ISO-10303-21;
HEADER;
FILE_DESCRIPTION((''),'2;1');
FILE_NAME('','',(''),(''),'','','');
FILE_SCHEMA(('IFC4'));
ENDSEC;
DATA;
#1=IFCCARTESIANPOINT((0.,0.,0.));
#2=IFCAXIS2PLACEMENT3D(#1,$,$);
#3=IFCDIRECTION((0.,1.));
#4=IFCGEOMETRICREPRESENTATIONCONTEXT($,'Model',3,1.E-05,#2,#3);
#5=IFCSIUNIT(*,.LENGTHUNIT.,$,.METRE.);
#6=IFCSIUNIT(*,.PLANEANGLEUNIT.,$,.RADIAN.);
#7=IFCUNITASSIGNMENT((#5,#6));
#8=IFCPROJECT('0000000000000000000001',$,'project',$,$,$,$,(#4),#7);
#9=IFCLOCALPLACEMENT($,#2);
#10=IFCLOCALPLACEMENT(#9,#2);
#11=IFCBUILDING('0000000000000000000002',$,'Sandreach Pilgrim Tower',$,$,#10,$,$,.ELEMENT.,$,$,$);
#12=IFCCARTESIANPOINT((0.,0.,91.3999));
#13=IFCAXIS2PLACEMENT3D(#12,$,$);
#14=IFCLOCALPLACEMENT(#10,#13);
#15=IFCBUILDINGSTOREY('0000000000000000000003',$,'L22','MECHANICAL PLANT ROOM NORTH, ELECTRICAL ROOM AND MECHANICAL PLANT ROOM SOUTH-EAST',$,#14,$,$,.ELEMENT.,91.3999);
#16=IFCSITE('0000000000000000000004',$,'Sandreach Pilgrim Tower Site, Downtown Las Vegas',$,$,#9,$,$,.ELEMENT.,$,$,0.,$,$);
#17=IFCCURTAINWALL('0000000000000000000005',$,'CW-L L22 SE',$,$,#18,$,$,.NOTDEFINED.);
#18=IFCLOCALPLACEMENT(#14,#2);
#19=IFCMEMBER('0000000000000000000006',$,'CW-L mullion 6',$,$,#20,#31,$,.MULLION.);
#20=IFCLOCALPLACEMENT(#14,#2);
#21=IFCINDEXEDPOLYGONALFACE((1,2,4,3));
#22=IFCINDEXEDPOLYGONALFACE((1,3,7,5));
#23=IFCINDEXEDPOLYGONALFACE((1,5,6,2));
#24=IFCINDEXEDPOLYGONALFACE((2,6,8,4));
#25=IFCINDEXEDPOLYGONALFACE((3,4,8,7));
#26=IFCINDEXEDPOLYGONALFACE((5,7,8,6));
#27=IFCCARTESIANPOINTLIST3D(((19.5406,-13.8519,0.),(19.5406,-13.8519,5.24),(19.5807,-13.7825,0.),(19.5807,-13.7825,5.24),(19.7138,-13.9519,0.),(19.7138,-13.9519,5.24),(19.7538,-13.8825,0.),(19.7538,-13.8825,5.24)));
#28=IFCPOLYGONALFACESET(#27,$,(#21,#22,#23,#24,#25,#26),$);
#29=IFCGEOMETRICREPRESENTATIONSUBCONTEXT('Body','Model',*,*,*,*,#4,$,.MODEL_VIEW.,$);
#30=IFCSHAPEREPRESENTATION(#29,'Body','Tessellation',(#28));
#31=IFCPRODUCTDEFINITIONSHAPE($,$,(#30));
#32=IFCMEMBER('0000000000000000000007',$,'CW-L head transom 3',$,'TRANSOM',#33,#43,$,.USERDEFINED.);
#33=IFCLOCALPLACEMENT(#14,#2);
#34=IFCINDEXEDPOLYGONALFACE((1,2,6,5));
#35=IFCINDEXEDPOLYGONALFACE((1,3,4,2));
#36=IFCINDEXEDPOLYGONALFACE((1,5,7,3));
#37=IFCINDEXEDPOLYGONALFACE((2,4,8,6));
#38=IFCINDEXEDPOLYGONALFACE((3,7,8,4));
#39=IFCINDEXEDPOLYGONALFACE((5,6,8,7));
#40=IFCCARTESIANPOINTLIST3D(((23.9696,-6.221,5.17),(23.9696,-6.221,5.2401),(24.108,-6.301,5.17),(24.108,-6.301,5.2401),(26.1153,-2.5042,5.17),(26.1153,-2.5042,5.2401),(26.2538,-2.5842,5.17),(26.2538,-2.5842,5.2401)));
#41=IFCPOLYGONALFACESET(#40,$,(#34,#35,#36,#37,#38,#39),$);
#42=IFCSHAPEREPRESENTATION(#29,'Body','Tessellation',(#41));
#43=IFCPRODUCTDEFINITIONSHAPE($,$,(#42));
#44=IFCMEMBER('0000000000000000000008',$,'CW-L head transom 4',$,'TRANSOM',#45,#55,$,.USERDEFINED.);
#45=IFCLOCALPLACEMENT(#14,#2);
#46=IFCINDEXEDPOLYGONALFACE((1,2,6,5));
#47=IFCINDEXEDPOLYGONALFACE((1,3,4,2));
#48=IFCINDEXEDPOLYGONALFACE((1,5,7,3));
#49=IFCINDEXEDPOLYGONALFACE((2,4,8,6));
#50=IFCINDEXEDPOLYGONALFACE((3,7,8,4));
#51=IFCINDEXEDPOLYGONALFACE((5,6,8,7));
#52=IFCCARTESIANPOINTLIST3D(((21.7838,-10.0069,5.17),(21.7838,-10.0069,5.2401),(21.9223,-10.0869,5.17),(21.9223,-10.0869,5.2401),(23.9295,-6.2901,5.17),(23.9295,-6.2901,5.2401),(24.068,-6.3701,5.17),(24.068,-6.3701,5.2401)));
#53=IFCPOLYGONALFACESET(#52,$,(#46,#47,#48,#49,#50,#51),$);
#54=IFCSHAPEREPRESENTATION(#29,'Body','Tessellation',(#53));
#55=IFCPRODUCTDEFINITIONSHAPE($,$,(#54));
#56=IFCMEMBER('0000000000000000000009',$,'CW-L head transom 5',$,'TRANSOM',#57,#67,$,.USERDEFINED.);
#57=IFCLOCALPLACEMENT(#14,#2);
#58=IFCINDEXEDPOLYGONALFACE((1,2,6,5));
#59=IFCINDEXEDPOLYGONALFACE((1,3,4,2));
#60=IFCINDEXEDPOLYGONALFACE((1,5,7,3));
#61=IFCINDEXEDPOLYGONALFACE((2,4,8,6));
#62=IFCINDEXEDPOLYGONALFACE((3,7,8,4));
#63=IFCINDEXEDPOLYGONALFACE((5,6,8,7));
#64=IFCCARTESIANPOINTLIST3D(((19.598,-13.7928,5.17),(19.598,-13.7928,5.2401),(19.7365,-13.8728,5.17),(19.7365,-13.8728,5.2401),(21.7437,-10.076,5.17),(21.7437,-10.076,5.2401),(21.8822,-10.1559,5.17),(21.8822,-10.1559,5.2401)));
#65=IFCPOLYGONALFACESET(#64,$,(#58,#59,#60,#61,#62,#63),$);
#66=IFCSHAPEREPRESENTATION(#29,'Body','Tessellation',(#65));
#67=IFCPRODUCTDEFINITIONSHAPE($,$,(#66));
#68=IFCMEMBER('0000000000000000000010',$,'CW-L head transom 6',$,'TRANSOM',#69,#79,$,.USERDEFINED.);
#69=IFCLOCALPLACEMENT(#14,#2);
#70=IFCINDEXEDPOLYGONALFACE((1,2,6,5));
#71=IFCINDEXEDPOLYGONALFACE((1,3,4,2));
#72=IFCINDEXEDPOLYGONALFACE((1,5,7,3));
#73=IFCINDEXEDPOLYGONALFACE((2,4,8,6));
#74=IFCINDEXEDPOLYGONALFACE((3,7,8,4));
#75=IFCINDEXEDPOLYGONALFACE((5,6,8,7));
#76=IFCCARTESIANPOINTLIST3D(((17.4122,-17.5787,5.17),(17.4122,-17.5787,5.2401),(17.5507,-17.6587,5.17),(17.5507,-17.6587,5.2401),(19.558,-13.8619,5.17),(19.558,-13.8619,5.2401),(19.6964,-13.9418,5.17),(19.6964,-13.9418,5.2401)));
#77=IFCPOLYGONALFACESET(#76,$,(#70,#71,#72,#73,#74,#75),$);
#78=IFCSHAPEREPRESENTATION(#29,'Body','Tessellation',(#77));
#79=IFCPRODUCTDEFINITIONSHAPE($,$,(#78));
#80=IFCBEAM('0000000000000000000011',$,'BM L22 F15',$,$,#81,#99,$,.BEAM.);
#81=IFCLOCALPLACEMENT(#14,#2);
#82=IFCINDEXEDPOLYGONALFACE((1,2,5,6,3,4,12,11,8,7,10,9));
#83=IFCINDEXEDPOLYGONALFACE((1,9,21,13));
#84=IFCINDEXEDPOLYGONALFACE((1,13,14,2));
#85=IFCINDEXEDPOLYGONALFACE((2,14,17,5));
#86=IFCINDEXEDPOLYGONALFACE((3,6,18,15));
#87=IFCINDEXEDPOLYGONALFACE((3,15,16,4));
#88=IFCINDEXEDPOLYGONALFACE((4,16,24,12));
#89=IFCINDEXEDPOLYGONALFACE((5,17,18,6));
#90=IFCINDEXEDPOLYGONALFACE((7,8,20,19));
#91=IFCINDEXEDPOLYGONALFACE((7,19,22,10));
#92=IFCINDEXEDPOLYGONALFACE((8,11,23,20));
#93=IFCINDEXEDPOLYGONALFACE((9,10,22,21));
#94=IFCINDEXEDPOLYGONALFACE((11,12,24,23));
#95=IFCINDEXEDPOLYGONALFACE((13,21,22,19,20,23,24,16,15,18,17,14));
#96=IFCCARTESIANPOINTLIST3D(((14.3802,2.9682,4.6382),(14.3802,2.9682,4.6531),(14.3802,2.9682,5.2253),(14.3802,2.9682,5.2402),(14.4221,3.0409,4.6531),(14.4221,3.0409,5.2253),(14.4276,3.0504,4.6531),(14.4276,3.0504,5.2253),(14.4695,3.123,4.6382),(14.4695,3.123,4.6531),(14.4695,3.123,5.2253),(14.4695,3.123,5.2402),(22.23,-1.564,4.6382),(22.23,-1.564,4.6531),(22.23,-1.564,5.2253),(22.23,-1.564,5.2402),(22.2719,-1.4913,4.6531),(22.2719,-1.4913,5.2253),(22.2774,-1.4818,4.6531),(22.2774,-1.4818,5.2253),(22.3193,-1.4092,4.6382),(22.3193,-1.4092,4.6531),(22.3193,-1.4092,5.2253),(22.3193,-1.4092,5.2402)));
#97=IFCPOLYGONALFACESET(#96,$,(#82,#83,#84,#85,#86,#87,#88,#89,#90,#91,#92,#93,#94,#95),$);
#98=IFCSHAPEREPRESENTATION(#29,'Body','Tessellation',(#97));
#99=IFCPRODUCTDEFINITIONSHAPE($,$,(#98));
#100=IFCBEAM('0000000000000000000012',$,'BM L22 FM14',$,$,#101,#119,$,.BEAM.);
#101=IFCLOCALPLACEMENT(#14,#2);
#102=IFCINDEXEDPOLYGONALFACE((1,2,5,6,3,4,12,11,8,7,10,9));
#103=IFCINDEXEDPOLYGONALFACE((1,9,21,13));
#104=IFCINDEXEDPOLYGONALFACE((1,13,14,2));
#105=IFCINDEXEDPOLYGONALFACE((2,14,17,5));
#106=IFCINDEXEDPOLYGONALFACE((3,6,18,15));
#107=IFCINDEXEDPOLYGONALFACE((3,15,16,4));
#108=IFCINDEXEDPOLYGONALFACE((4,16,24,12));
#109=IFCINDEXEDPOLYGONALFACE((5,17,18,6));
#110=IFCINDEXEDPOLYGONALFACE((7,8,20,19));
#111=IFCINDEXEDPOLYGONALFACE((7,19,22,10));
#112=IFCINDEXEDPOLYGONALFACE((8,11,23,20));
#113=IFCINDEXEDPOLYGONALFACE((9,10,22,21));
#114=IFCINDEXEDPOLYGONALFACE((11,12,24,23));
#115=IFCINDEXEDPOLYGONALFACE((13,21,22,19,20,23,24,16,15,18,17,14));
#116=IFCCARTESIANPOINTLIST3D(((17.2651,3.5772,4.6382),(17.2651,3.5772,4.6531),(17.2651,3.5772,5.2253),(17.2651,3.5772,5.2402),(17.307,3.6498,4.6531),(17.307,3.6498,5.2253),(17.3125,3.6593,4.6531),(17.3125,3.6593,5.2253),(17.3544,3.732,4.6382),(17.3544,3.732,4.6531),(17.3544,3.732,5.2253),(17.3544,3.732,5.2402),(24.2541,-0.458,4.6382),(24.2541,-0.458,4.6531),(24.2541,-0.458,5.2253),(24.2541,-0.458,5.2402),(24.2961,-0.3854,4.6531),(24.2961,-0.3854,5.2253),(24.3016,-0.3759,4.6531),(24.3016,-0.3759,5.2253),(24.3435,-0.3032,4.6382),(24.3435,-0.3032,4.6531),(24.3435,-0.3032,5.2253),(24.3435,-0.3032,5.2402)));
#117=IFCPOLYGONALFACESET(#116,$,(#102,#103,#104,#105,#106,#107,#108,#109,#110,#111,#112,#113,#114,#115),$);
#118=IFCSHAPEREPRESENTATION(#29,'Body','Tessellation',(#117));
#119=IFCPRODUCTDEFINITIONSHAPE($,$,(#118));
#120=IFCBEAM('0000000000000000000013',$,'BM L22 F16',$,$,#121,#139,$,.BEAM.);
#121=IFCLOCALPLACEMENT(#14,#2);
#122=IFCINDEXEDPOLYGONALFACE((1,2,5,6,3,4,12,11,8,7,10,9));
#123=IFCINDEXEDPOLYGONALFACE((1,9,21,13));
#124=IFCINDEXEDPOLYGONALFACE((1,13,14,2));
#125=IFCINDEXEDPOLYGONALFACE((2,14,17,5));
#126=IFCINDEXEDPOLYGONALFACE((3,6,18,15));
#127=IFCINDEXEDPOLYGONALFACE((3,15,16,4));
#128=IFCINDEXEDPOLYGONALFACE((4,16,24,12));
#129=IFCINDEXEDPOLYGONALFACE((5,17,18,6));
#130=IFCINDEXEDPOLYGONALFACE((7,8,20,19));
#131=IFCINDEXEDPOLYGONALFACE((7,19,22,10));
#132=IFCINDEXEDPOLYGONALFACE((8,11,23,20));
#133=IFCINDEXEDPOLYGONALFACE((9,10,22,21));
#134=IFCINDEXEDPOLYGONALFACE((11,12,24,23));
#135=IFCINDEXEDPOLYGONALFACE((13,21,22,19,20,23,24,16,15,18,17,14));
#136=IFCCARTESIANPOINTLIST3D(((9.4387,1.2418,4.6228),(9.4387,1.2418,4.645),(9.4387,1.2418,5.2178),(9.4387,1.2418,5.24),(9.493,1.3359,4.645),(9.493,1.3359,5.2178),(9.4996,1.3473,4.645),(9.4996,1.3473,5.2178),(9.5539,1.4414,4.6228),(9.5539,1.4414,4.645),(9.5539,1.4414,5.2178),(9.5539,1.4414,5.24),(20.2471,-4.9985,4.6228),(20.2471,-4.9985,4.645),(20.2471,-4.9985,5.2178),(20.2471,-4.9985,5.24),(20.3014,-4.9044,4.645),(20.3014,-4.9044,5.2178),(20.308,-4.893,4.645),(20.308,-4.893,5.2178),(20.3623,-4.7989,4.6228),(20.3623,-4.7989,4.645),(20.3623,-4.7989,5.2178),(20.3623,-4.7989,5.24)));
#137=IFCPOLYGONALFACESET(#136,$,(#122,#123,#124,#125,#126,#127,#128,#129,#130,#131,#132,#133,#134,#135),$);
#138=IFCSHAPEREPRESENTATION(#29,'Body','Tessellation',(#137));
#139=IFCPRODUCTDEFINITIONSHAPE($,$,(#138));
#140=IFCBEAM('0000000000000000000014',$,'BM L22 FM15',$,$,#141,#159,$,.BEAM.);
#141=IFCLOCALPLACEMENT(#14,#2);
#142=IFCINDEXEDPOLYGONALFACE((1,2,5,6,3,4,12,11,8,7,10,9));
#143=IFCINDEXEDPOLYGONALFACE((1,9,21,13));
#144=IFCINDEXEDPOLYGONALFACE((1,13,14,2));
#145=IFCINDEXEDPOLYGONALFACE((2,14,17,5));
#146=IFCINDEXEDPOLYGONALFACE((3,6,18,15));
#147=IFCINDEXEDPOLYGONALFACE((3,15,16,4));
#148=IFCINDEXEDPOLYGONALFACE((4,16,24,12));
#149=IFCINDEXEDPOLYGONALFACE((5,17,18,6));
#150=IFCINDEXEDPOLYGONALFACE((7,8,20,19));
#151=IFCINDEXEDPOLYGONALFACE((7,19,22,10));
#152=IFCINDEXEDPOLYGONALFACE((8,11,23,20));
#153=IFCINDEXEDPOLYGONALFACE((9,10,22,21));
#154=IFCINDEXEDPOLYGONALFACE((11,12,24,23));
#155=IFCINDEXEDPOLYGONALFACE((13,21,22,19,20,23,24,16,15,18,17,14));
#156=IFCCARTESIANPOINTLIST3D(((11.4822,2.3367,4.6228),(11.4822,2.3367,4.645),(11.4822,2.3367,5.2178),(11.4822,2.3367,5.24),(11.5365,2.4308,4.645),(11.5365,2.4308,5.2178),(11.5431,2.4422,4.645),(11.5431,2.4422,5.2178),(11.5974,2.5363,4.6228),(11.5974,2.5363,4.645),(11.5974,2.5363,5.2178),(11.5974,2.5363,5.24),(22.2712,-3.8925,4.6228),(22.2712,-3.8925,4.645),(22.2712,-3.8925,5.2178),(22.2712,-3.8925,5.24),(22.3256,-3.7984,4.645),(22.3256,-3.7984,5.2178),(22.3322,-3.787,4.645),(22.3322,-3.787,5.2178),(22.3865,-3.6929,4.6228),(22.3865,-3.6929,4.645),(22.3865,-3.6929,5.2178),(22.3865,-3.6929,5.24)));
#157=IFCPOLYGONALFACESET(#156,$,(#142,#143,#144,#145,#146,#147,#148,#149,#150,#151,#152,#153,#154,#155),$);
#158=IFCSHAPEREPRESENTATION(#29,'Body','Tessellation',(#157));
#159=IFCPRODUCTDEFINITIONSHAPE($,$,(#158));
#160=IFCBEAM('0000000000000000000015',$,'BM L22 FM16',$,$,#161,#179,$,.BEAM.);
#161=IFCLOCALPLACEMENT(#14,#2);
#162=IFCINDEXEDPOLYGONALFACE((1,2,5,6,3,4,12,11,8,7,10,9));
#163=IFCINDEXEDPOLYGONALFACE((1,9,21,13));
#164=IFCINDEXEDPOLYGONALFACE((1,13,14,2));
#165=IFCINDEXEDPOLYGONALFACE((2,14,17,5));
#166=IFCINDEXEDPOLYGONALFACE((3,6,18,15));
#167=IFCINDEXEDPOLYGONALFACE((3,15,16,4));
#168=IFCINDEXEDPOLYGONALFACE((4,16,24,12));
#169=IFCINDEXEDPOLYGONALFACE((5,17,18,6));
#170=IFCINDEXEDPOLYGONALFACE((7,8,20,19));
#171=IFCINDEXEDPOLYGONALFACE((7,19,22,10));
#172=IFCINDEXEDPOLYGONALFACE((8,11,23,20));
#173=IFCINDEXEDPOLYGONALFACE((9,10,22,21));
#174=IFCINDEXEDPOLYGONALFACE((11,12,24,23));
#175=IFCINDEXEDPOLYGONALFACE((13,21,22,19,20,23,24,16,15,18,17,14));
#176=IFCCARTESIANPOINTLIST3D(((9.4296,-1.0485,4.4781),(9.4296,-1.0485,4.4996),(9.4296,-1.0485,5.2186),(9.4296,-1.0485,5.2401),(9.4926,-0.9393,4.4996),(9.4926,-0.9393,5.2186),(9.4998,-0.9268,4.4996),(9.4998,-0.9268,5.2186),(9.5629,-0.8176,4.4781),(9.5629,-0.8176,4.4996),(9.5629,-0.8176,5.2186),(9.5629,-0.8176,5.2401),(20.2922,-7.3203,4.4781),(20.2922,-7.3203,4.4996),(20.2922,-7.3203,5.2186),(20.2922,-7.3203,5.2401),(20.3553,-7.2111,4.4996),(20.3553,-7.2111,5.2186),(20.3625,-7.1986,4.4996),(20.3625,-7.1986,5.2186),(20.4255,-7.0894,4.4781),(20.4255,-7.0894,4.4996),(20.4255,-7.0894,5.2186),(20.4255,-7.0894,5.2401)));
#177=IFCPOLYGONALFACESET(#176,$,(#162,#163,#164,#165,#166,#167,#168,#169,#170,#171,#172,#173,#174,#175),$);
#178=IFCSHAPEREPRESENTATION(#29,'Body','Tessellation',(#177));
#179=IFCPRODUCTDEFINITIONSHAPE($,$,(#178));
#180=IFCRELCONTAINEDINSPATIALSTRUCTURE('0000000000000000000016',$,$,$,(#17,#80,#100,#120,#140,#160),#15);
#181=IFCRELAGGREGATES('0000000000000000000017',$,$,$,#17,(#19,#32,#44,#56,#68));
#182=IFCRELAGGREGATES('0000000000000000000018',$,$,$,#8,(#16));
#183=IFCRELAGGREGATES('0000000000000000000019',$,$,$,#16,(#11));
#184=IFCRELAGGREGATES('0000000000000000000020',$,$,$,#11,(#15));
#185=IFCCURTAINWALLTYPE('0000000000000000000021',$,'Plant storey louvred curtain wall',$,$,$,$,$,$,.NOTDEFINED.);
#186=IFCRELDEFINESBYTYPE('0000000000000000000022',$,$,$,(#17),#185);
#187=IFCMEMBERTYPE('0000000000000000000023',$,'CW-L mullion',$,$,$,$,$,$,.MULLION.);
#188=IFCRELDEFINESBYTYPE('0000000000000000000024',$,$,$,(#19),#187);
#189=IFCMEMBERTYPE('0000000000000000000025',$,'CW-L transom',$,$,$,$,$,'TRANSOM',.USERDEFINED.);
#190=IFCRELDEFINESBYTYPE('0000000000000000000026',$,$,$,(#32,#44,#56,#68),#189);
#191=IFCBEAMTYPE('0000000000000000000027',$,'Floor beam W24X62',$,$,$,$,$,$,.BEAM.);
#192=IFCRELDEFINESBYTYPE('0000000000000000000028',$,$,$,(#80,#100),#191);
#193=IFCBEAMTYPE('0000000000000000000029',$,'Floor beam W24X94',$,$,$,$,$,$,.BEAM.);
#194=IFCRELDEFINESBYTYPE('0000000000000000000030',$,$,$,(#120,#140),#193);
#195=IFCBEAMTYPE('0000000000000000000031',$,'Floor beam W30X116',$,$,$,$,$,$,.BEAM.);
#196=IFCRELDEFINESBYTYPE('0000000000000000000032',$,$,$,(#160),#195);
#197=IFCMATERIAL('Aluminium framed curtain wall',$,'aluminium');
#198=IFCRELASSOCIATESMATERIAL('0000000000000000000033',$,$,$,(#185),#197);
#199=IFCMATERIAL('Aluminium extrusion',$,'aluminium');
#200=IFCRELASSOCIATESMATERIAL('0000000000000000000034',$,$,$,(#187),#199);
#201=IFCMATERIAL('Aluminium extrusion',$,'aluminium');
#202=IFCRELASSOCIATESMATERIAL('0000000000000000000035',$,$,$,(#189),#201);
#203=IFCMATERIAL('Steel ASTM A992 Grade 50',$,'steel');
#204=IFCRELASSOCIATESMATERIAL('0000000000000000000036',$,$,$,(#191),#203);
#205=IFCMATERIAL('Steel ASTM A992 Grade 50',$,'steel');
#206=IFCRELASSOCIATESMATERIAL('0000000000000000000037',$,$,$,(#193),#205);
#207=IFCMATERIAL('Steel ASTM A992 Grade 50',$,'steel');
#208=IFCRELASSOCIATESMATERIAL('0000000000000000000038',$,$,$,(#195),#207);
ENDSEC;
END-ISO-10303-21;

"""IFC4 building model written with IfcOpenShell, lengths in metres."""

from ifc_helpers import new_model, si_unit, direction, frame, origin, origin_2d, place, context, subcontext, project, spatial, rectangle, i_section, extrude, material, material_profile, profile_set, type_object, element, aggregate, save


model = new_model("IFC4")

# Units and contexts
model_context = context("Model", 3, precision=1e-05, world=origin(), true_north=direction((0.0, 1.0)))
body_context = subcontext(model_context, "Body", "Model", "MODEL_VIEW")
ifc_project = project(units=[si_unit("LENGTHUNIT", "METRE"), si_unit("PLANEANGLEUNIT", "RADIAN")], contexts=[model_context])

# Site, building, storey
site_placement = place(None, origin())
site = spatial("IfcSite", under=ifc_project, at=site_placement, Name="Sandreach Pilgrim Tower Site, Downtown Las Vegas", CompositionType="ELEMENT", RefElevation=0.0)
building_placement = place(site_placement, origin())
building = spatial("IfcBuilding", under=site, at=building_placement, Name="Sandreach Pilgrim Tower", CompositionType="ELEMENT")
storey_placement = place(building_placement, frame((0.0, 0.0, 91.3999)))
storey = spatial("IfcBuildingStorey", under=building, at=storey_placement, Name="L22", Description="MECHANICAL PLANT ROOM NORTH, ELECTRICAL ROOM AND MECHANICAL PLANT ROOM SOUTH-EAST", CompositionType="ELEMENT", Elevation=91.3999)

# Curtain wall, members
ifc_material_1 = material(Name="Aluminium framed curtain wall", Category="aluminium")
curtain_wall_type = type_object("IfcCurtainWallType", Name="Plant storey louvred curtain wall", PredefinedType="NOTDEFINED", material=ifc_material_1)
curtain_wall_placement = place(storey_placement, origin())
curtain_wall = element("IfcCurtainWall", 1, at=curtain_wall_placement, inside=storey, type_object=curtain_wall_type, Name="CW-L L22 SE", PredefinedType="NOTDEFINED")
ifc_material_2 = material(Name="Aluminium extrusion", Category="aluminium")
ifc_material_profile_1 = material_profile(ifc_material_2, rectangle(XDim=0.0801, YDim=0.2, at=origin_2d()), Name="CW-LM 80X200")
ifc_profile_set_1 = profile_set([ifc_material_profile_1], Name="Aluminium extrusion")
member_type_1 = type_object("IfcMemberType", Name="CW-L mullion", PredefinedType="MULLION", material=ifc_profile_set_1)
member_1_placement = place(storey_placement, frame((19.6472, -13.8672, 0.0), z_axis=(0.0, 0.0, 1.0), x_axis=(-0.5, -0.866025, 0.0)))
member_1 = element("IfcMember", 2, at=member_1_placement, type_object=member_type_1, Name="CW-L mullion 6", PredefinedType="MULLION", context=body_context, shape_type="SweptSolid", body=[
    extrude(rectangle(XDim=0.0801, YDim=0.2, at=origin_2d()), origin(), (0.0, 0.0, 1.0), 5.24),
])
ifc_material_3 = material(Name="Aluminium extrusion", Category="aluminium")
ifc_material_profile_2 = material_profile(ifc_material_3, rectangle(XDim=0.1599, YDim=0.0701, at=origin_2d()), Name="CW-LT 160X70")
ifc_profile_set_2 = profile_set([ifc_material_profile_2], Name="Aluminium extrusion")
member_type_2 = type_object("IfcMemberType", Name="CW-L transom", ElementType="TRANSOM", PredefinedType="USERDEFINED", material=ifc_profile_set_2)
member_2_placement = place(storey_placement, frame((26.1846, -2.5442, 5.2051), z_axis=(-0.499975, -0.86604, 0.0), x_axis=(0.86604, -0.499975, 0.0)))
member_2 = element("IfcMember", 3, at=member_2_placement, type_object=member_type_2, Name="CW-L head transom 3", ObjectType="TRANSOM", PredefinedType="USERDEFINED", context=body_context, shape_type="SweptSolid", body=[
    extrude(rectangle(XDim=0.1599, YDim=0.0701, at=origin_2d()), origin(), (0.0, 0.0, 1.0), 4.2917),
])
member_3_placement = place(storey_placement, frame((23.9988, -6.3301, 5.2051), z_axis=(-0.499975, -0.86604, 0.0), x_axis=(0.86604, -0.499975, 0.0)))
member_3 = element("IfcMember", 4, at=member_3_placement, type_object=member_type_2, Name="CW-L head transom 4", ObjectType="TRANSOM", PredefinedType="USERDEFINED", context=body_context, shape_type="SweptSolid", body=[
    extrude(rectangle(XDim=0.1599, YDim=0.0701, at=origin_2d()), origin(), (0.0, 0.0, 1.0), 4.2917),
])
member_4_placement = place(storey_placement, frame((21.813, -10.116, 5.2051), z_axis=(-0.499975, -0.86604, 0.0), x_axis=(0.86604, -0.499975, 0.0)))
member_4 = element("IfcMember", 5, at=member_4_placement, type_object=member_type_2, Name="CW-L head transom 5", ObjectType="TRANSOM", PredefinedType="USERDEFINED", context=body_context, shape_type="SweptSolid", body=[
    extrude(rectangle(XDim=0.1599, YDim=0.0701, at=origin_2d()), origin(), (0.0, 0.0, 1.0), 4.2917),
])
member_5_placement = place(storey_placement, frame((19.6272, -13.9019, 5.2051), z_axis=(-0.499975, -0.86604, 0.0), x_axis=(0.86604, -0.499975, 0.0)))
member_5 = element("IfcMember", 6, at=member_5_placement, type_object=member_type_2, Name="CW-L head transom 6", ObjectType="TRANSOM", PredefinedType="USERDEFINED", context=body_context, shape_type="SweptSolid", body=[
    extrude(rectangle(XDim=0.1599, YDim=0.0701, at=origin_2d()), origin(), (0.0, 0.0, 1.0), 4.2917),
])

# Beams
ifc_material_4 = material(Name="Steel ASTM A992 Grade 50", Category="steel")
ifc_material_profile_3 = material_profile(ifc_material_4, i_section(OverallWidth=0.1787, OverallDepth=0.6021, WebThickness=0.011, FlangeThickness=0.0149, at=origin_2d()), Name="W24X62")
ifc_profile_set_3 = profile_set([ifc_material_profile_3], Name="Steel ASTM A992 Grade 50")
beam_type_1 = type_object("IfcBeamType", Name="Floor beam W24X62", PredefinedType="BEAM", material=ifc_profile_set_3)
beam_1_placement = place(storey_placement, frame((22.2747, -1.4866, 4.9392), z_axis=(-0.86602, 0.500009, 0.0), x_axis=(-0.500009, -0.86602, 0.0)))
element("IfcBeam", 7, at=beam_1_placement, inside=storey, type_object=beam_type_1, Name="BM L22 F15", PredefinedType="BEAM", context=body_context, shape_type="SweptSolid", body=[
    extrude(i_section(OverallWidth=0.1787, OverallDepth=0.6021, WebThickness=0.011, FlangeThickness=0.0149, at=origin_2d()), origin(), (0.0, 0.0, 1.0), 9.0642),
])
beam_2_placement = place(storey_placement, frame((24.2988, -0.3806, 4.9392), z_axis=(-0.866023, 0.500004, 0.0), x_axis=(-0.500004, -0.866023, 0.0)))
element("IfcBeam", 8, at=beam_2_placement, inside=storey, type_object=beam_type_1, Name="BM L22 FM14", PredefinedType="BEAM", context=body_context, shape_type="SweptSolid", body=[
    extrude(i_section(OverallWidth=0.1787, OverallDepth=0.6021, WebThickness=0.011, FlangeThickness=0.0149, at=origin_2d()), origin(), (0.0, 0.0, 1.0), 8.0703),
])
ifc_material_5 = material(Name="Steel ASTM A992 Grade 50", Category="steel")
ifc_material_profile_4 = material_profile(ifc_material_5, i_section(OverallWidth=0.2305, OverallDepth=0.6172, WebThickness=0.0132, FlangeThickness=0.0222, at=origin_2d()), Name="W24X94")
ifc_profile_set_4 = profile_set([ifc_material_profile_4], Name="Steel ASTM A992 Grade 50")
beam_type_2 = type_object("IfcBeamType", Name="Floor beam W24X94", PredefinedType="BEAM", material=ifc_profile_set_4)
beam_3_placement = place(storey_placement, frame((20.3047, -4.8987, 4.9314), z_axis=(-0.866024, 0.500002, 0.0), x_axis=(-0.500002, -0.866024, 0.0)))
element("IfcBeam", 9, at=beam_3_placement, inside=storey, type_object=beam_type_2, Name="BM L22 F16", PredefinedType="BEAM", context=body_context, shape_type="SweptSolid", body=[
    extrude(i_section(OverallWidth=0.2305, OverallDepth=0.6172, WebThickness=0.0132, FlangeThickness=0.0222, at=origin_2d()), origin(), (0.0, 0.0, 1.0), 12.4805),
])
beam_4_placement = place(storey_placement, frame((22.3289, -3.7927, 4.9314), z_axis=(-0.866019, 0.500011, 0.0), x_axis=(-0.500011, -0.866019, 0.0)))
element("IfcBeam", 10, at=beam_4_placement, inside=storey, type_object=beam_type_2, Name="BM L22 FM15", PredefinedType="BEAM", context=body_context, shape_type="SweptSolid", body=[
    extrude(i_section(OverallWidth=0.2305, OverallDepth=0.6172, WebThickness=0.0132, FlangeThickness=0.0222, at=origin_2d()), origin(), (0.0, 0.0, 1.0), 12.4583),
])
ifc_material_6 = material(Name="Steel ASTM A992 Grade 50", Category="steel")
ifc_material_profile_5 = material_profile(ifc_material_6, i_section(OverallWidth=0.2666, OverallDepth=0.762, WebThickness=0.0144, FlangeThickness=0.0215, at=origin_2d()), Name="W30X116")
ifc_profile_set_5 = profile_set([ifc_material_profile_5], Name="Steel ASTM A992 Grade 50")
beam_type_3 = type_object("IfcBeamType", Name="Floor beam W30X116", PredefinedType="BEAM", material=ifc_profile_set_5)
beam_5_placement = place(storey_placement, frame((20.3589, -7.2048, 4.8591), z_axis=(-0.866017, 0.500014, 0.0), x_axis=(-0.500014, -0.866017, 0.0)))
element("IfcBeam", 11, at=beam_5_placement, inside=storey, type_object=beam_type_3, Name="BM L22 FM16", PredefinedType="BEAM", context=body_context, shape_type="SweptSolid", body=[
    extrude(i_section(OverallWidth=0.2666, OverallDepth=0.762, WebThickness=0.0144, FlangeThickness=0.0215, at=origin_2d()), origin(), (0.0, 0.0, 1.0), 12.5432),
])

aggregate(curtain_wall, [member_1, member_2, member_3, member_4, member_5])

save(model, "model.ifc")
